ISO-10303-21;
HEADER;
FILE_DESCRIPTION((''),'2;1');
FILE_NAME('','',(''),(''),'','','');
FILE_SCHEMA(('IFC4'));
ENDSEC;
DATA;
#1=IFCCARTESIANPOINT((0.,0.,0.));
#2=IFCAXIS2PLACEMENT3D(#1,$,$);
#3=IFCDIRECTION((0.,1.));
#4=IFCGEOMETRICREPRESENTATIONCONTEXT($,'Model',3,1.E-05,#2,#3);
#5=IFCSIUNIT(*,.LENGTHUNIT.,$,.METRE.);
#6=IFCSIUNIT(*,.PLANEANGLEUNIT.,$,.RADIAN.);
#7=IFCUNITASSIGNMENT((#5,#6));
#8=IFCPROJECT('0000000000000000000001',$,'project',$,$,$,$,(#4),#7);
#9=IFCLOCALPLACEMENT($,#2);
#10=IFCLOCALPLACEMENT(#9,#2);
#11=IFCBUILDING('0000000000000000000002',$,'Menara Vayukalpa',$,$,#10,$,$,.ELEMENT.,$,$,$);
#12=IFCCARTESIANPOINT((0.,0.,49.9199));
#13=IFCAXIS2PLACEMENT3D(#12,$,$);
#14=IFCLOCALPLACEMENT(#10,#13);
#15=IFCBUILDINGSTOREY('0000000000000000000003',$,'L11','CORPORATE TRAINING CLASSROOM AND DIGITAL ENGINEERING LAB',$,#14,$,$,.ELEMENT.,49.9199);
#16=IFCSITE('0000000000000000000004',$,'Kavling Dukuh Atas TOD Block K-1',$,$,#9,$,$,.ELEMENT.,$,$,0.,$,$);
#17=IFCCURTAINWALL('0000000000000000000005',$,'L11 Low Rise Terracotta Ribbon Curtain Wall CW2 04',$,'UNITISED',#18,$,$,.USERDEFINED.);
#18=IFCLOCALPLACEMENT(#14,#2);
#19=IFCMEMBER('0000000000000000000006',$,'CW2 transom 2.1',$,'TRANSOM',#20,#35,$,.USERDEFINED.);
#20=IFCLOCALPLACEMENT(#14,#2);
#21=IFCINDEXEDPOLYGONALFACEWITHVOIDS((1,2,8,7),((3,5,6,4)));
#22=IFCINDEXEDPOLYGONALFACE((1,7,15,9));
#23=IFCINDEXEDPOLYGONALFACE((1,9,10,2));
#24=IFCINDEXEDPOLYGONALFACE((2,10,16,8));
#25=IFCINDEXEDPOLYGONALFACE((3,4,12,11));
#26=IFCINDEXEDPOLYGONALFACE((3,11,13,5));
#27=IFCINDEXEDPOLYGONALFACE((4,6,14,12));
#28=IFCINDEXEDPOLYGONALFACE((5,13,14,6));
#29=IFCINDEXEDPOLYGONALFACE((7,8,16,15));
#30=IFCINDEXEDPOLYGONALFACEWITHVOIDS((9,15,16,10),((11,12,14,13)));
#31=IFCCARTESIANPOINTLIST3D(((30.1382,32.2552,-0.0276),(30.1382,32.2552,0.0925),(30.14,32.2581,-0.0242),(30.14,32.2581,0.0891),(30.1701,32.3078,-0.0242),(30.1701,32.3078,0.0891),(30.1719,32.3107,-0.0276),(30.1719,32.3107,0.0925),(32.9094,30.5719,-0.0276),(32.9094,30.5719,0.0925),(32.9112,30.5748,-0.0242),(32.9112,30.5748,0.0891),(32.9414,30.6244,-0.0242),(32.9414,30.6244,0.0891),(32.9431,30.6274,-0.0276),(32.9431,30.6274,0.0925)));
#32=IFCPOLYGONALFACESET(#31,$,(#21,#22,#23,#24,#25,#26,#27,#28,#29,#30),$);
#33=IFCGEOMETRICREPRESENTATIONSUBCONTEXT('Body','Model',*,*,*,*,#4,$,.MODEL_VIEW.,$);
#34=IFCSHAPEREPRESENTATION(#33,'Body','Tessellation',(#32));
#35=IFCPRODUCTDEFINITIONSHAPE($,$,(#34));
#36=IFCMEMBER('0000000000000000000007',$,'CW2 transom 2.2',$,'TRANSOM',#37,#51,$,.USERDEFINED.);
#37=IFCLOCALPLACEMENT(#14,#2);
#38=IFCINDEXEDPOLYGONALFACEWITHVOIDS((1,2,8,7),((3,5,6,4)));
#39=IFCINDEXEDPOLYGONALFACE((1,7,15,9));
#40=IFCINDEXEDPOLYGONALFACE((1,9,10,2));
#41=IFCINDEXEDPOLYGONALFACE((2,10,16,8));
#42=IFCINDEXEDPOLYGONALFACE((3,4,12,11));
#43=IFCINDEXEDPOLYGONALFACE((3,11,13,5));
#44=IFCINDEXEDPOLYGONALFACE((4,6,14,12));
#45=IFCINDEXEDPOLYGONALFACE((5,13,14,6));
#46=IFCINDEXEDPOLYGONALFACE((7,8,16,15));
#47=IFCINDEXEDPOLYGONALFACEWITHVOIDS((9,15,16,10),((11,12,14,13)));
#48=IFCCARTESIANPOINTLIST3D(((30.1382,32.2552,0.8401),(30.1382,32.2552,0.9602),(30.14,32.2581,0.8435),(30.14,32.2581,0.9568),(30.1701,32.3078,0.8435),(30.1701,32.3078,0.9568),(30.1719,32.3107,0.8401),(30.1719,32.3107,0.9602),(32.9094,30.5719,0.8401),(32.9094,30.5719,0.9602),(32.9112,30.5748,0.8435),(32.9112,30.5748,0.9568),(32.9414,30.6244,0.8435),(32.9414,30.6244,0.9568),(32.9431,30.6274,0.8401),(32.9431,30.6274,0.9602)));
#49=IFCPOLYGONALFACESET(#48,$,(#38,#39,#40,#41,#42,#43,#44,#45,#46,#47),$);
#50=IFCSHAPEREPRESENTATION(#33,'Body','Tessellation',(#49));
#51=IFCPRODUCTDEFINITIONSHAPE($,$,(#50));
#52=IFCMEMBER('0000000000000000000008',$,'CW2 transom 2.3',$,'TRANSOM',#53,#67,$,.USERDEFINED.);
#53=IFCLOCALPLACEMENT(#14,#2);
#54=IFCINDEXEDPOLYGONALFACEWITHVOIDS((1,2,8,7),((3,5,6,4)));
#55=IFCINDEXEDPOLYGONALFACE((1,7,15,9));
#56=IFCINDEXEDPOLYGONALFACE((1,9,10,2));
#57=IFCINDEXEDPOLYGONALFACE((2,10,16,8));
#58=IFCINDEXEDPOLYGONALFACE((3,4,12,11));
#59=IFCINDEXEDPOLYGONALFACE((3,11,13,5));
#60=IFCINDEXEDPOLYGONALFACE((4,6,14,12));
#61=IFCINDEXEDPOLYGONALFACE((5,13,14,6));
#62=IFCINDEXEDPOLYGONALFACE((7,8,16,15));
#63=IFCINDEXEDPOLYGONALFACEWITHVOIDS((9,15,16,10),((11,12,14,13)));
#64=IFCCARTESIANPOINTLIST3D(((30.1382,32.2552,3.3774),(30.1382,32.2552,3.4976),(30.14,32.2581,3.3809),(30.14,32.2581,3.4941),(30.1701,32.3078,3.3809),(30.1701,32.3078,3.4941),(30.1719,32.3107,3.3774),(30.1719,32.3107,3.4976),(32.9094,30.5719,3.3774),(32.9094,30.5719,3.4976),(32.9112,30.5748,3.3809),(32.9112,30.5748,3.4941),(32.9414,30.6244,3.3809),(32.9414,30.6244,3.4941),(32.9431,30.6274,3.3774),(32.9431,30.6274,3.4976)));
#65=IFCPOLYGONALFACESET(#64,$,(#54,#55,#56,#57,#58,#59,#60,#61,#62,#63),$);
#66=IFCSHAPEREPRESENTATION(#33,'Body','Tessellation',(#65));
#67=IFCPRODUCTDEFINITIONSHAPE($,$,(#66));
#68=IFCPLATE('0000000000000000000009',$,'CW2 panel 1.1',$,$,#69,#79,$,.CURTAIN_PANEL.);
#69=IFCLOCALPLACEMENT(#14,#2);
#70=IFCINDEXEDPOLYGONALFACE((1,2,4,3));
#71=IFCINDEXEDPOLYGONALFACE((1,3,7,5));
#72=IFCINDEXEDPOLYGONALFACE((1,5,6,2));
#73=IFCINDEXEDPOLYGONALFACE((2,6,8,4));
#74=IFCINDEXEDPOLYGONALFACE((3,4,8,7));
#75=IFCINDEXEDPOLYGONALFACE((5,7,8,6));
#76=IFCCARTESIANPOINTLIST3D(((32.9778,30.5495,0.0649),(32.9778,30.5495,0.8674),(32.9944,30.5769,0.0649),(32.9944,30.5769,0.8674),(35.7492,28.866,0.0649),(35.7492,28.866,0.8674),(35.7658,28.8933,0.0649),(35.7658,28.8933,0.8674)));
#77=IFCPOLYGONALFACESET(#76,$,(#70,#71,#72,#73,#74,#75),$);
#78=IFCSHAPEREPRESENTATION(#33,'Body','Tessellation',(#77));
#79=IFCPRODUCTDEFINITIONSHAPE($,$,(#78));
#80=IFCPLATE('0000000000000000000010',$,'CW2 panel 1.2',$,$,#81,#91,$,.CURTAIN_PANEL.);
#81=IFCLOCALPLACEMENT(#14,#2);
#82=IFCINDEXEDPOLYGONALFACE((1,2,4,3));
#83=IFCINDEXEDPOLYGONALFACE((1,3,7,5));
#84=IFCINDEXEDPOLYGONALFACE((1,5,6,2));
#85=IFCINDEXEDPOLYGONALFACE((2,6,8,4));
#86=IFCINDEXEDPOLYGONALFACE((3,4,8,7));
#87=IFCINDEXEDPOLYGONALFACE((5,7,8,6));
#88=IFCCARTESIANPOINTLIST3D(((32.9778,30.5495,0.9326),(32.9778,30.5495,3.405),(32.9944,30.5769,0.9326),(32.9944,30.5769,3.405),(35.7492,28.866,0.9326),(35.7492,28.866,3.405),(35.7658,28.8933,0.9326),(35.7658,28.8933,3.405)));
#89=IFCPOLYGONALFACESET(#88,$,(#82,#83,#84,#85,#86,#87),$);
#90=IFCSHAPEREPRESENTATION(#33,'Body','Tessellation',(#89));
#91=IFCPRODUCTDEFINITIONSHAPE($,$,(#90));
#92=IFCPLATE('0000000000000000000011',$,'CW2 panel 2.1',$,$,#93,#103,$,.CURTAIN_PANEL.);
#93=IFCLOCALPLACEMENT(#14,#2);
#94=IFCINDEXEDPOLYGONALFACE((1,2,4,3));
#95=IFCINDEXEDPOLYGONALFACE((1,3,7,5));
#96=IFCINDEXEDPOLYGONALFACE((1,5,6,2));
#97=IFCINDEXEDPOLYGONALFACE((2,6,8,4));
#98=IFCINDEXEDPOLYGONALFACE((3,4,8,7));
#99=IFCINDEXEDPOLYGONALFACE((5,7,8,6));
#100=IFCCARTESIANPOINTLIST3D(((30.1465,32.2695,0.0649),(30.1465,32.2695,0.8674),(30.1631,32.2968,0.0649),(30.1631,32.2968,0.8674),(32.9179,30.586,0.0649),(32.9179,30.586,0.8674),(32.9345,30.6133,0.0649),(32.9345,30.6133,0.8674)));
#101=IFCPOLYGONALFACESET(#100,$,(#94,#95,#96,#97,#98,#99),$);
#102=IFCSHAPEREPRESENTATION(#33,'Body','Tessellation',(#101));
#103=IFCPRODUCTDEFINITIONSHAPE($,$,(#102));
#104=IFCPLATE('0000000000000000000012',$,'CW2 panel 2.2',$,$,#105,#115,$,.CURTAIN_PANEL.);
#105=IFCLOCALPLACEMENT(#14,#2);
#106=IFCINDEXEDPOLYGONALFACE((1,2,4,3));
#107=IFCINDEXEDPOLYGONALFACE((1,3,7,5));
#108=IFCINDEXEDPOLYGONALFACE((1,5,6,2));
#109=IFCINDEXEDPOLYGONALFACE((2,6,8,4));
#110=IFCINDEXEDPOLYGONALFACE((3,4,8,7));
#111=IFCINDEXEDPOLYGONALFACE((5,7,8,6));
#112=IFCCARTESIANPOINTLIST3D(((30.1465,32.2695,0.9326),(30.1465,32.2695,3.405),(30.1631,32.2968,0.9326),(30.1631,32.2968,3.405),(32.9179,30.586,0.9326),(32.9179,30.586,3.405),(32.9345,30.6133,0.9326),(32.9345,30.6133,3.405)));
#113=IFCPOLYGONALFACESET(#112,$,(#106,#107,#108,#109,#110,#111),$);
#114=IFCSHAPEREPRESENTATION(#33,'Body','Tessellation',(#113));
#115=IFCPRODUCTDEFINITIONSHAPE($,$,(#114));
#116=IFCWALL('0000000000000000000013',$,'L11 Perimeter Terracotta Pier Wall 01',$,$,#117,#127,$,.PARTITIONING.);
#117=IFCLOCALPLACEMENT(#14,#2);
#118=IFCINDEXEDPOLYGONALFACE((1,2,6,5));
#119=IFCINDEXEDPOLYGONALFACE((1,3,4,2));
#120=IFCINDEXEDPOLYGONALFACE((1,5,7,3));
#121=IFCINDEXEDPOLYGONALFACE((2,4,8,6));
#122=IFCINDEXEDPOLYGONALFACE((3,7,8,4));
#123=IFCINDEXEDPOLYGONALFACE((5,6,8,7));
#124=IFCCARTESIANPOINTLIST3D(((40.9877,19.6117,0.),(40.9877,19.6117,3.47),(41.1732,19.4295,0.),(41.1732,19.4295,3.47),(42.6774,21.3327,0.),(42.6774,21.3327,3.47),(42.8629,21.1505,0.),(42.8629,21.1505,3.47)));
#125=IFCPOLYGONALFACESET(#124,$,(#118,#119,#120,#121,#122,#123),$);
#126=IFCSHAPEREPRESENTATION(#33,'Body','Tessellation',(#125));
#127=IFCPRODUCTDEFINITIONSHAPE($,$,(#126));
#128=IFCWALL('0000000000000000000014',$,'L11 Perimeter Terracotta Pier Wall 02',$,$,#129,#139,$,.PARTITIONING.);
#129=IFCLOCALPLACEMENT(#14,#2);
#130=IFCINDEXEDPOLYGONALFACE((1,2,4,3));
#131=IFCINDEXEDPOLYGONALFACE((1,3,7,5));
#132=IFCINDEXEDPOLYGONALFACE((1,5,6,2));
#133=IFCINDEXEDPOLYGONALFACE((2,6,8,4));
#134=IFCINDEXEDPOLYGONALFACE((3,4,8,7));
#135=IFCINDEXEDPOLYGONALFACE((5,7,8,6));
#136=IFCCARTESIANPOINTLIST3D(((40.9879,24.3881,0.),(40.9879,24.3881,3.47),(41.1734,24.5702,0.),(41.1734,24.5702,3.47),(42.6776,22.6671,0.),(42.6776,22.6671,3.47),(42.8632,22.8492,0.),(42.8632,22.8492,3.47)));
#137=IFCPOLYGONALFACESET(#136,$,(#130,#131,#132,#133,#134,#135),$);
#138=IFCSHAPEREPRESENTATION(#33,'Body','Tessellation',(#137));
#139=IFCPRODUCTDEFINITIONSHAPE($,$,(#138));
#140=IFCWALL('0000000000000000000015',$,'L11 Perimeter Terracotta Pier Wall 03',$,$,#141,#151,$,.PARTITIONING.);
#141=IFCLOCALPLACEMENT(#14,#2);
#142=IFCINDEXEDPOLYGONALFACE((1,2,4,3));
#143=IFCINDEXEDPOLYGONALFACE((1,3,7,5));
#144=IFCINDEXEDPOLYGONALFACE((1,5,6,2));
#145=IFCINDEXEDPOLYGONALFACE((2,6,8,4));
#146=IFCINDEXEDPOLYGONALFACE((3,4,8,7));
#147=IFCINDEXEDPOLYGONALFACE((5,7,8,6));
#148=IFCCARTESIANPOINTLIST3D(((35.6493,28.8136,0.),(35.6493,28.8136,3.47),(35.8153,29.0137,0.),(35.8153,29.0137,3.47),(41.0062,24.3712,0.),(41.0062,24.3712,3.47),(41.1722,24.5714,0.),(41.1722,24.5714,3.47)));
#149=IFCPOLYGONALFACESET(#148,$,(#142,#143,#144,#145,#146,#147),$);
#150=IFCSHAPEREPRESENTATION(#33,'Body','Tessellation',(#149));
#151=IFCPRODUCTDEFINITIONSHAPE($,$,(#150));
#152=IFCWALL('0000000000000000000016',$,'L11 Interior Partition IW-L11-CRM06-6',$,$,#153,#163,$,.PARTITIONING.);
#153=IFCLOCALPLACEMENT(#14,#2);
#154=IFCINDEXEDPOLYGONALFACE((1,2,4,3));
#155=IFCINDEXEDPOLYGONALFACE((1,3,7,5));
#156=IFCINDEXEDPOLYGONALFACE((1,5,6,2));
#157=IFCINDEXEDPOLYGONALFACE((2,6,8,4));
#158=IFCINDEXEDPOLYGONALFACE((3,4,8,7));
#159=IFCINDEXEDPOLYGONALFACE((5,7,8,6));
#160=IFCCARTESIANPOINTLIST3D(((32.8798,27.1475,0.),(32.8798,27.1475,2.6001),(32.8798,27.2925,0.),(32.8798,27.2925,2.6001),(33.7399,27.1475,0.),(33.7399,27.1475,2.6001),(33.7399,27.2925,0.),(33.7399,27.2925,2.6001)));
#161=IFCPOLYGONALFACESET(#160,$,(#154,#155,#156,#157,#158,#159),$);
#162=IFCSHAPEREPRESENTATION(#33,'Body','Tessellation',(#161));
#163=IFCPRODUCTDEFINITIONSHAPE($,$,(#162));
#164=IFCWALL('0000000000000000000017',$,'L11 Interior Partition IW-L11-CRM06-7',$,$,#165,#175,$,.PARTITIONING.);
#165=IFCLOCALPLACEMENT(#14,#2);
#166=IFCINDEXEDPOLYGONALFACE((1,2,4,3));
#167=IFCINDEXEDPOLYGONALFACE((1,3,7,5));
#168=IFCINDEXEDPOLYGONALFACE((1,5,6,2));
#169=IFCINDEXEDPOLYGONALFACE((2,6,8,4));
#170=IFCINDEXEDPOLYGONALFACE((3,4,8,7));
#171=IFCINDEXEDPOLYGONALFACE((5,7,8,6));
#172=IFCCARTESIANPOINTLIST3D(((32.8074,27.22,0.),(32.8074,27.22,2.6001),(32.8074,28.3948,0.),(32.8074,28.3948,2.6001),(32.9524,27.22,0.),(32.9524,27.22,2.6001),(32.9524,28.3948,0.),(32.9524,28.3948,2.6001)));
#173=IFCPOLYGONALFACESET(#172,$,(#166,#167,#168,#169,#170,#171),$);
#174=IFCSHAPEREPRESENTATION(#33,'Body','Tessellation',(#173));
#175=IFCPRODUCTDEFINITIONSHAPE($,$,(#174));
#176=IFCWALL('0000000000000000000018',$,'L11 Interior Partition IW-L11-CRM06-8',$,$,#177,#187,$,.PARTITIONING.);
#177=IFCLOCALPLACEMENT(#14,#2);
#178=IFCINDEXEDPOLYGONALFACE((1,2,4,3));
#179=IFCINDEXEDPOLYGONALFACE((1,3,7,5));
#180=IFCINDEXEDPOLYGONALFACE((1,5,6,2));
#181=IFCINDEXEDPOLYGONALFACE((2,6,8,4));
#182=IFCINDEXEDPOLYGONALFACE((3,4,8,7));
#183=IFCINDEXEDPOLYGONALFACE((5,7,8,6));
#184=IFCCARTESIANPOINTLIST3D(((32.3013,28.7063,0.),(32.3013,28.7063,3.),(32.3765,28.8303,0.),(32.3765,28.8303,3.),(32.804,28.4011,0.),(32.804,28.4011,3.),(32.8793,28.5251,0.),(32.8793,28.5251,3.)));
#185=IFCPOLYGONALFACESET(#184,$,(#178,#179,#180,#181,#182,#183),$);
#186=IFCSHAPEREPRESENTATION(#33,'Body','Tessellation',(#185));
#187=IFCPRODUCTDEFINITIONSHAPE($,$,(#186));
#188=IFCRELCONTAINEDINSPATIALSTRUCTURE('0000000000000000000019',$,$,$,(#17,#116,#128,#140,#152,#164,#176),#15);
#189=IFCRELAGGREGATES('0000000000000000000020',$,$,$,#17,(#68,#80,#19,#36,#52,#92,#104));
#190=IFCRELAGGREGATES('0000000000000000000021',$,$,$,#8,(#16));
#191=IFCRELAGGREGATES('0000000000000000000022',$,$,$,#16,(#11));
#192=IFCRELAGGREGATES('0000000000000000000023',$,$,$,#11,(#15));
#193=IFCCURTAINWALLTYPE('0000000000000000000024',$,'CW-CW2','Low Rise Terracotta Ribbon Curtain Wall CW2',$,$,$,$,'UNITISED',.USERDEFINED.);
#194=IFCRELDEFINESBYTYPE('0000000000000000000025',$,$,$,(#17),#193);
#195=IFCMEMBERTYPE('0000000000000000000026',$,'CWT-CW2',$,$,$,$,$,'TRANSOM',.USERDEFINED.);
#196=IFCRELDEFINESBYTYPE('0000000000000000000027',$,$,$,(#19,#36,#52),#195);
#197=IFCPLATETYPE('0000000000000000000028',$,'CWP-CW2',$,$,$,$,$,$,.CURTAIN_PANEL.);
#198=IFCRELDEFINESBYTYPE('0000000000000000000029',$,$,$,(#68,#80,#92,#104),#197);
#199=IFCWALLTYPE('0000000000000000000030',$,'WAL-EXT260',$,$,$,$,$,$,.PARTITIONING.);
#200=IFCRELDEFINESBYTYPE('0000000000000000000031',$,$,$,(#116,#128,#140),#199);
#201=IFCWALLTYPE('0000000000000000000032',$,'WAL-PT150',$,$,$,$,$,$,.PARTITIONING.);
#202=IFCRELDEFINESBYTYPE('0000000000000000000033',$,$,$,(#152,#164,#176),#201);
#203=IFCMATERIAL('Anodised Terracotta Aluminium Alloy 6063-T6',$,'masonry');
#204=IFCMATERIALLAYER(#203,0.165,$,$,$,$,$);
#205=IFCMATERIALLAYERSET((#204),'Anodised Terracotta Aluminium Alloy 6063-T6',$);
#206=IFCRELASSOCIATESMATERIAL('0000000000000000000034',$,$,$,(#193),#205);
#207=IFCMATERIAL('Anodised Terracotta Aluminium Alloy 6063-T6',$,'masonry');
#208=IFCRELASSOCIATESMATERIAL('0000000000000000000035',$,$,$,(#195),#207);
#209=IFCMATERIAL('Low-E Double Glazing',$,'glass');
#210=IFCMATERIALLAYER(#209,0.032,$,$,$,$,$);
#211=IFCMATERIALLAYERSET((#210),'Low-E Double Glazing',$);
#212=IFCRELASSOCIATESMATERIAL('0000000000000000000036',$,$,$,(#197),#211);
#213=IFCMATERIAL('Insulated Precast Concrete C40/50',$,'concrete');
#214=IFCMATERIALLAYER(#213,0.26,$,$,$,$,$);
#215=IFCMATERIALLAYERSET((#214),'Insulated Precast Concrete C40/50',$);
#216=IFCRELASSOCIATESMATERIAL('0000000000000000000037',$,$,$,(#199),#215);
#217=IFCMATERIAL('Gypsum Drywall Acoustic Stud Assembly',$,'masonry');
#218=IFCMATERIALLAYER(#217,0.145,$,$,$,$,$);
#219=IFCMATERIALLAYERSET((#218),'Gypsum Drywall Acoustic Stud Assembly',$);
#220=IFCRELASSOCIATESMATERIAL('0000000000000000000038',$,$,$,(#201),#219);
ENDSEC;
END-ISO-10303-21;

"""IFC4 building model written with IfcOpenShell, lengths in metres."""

from ifc_helpers import new_model, si_unit, direction, frame, frame_2d, origin, origin_2d, place, context, subcontext, project, spatial, rectangle, hollow_rectangle, extrude, material, layer, layer_set, material_profile, profile_set, type_object, element, aggregate, save


model = new_model("IFC4")

# Units and contexts
model_context = context("Model", 3, precision=1e-05, world=origin(), true_north=direction((0.0, 1.0)))
body_context = subcontext(model_context, "Body", "Model", "MODEL_VIEW")
ifc_project = project(units=[si_unit("LENGTHUNIT", "METRE"), si_unit("PLANEANGLEUNIT", "RADIAN")], contexts=[model_context])

# Site, building, storey
site_placement = place(None, origin())
site = spatial("IfcSite", under=ifc_project, at=site_placement, Name="Kavling Dukuh Atas TOD Block K-1", CompositionType="ELEMENT", RefElevation=0.0)
building_placement = place(site_placement, origin())
building = spatial("IfcBuilding", under=site, at=building_placement, Name="Menara Vayukalpa", CompositionType="ELEMENT")
storey_placement = place(building_placement, frame((0.0, 0.0, 49.9199)))
storey = spatial("IfcBuildingStorey", under=building, at=storey_placement, Name="L11", Description="CORPORATE TRAINING CLASSROOM AND DIGITAL ENGINEERING LAB", CompositionType="ELEMENT", Elevation=49.9199)

# Curtain wall, members, plates
ifc_material_1 = material(Name="Anodised Terracotta Aluminium Alloy 6063-T6", Category="masonry")
ifc_layer_1 = layer(ifc_material_1, 0.165)
ifc_layer_set_1 = layer_set([ifc_layer_1], Name="Anodised Terracotta Aluminium Alloy 6063-T6")
curtain_wall_type = type_object("IfcCurtainWallType", Name="CW-CW2", Description="Low Rise Terracotta Ribbon Curtain Wall CW2", ElementType="UNITISED", PredefinedType="USERDEFINED", material=ifc_layer_set_1)
curtain_wall_placement = place(storey_placement, origin())
curtain_wall = element("IfcCurtainWall", 1, at=curtain_wall_placement, inside=storey, type_object=curtain_wall_type, Name="L11 Low Rise Terracotta Ribbon Curtain Wall CW2 04", ObjectType="UNITISED", PredefinedType="USERDEFINED")
ifc_material_2 = material(Name="Anodised Terracotta Aluminium Alloy 6063-T6", Category="masonry")
ifc_material_profile_1 = material_profile(ifc_material_2, hollow_rectangle(XDim=0.0649, YDim=0.1201, WallThickness=0.0034, at=origin_2d()), Name="ALU 65x120x3.5")
ifc_profile_set_1 = profile_set([ifc_material_profile_1], Name="Anodised Terracotta Aluminium Alloy 6063-T6")
member_type_1 = type_object("IfcMemberType", Name="CWT-CW2", ElementType="TRANSOM", PredefinedType="USERDEFINED", material=ifc_profile_set_1)
member_1_placement = place(storey_placement, frame((32.9263, 30.5996, 0.0325), z_axis=(-0.854677, 0.519161, 0.0), x_axis=(-0.519161, -0.854677, 0.0)))
member_1 = element("IfcMember", 2, at=member_1_placement, type_object=member_type_1, Name="CW2 transom 2.1", ObjectType="TRANSOM", PredefinedType="USERDEFINED", context=body_context, shape_type="SweptSolid", body=[
    extrude(hollow_rectangle(XDim=0.0649, YDim=0.1201, WallThickness=0.0034, at=origin_2d()), origin(), (0.0, 0.0, 1.0), 3.2424),
])
member_2_placement = place(storey_placement, frame((32.9263, 30.5996, 0.9001), z_axis=(-0.854677, 0.519161, 0.0), x_axis=(-0.519161, -0.854677, 0.0)))
member_2 = element("IfcMember", 3, at=member_2_placement, type_object=member_type_1, Name="CW2 transom 2.2", ObjectType="TRANSOM", PredefinedType="USERDEFINED", context=body_context, shape_type="SweptSolid", body=[
    extrude(hollow_rectangle(XDim=0.0649, YDim=0.1201, WallThickness=0.0034, at=origin_2d()), origin(), (0.0, 0.0, 1.0), 3.2424),
])
member_3_placement = place(storey_placement, frame((32.9263, 30.5996, 3.4375), z_axis=(-0.854677, 0.519161, 0.0), x_axis=(-0.519161, -0.854677, 0.0)))
member_3 = element("IfcMember", 4, at=member_3_placement, type_object=member_type_1, Name="CW2 transom 2.3", ObjectType="TRANSOM", PredefinedType="USERDEFINED", context=body_context, shape_type="SweptSolid", body=[
    extrude(hollow_rectangle(XDim=0.0649, YDim=0.1201, WallThickness=0.0034, at=origin_2d()), origin(), (0.0, 0.0, 1.0), 3.2424),
])
ifc_material_3 = material(Name="Low-E Double Glazing", Category="glass")
ifc_layer_2 = layer(ifc_material_3, 0.032)
ifc_layer_set_2 = layer_set([ifc_layer_2], Name="Low-E Double Glazing")
plate_type = type_object("IfcPlateType", Name="CWP-CW2", PredefinedType="CURTAIN_PANEL", material=ifc_layer_set_2)
plate_1_placement = place(storey_placement, frame((34.3718, 29.7214, 0.0649), z_axis=(0.0, 0.0, 1.0), x_axis=(-0.854664, 0.519182, 0.0)))
plate_1 = element("IfcPlate", 5, at=plate_1_placement, type_object=plate_type, Name="CW2 panel 1.1", PredefinedType="CURTAIN_PANEL", context=body_context, shape_type="SweptSolid", body=[
    extrude(rectangle(XDim=3.2427, YDim=0.032, at=origin_2d()), origin(), (0.0, 0.0, 1.0), 0.8025),
])
plate_2_placement = place(storey_placement, frame((34.3718, 29.7214, 0.9326), z_axis=(0.0, 0.0, 1.0), x_axis=(-0.854664, 0.519182, 0.0)))
plate_2 = element("IfcPlate", 6, at=plate_2_placement, type_object=plate_type, Name="CW2 panel 1.2", PredefinedType="CURTAIN_PANEL", context=body_context, shape_type="SweptSolid", body=[
    extrude(rectangle(XDim=3.2427, YDim=0.032, at=origin_2d()), origin(), (0.0, 0.0, 1.0), 2.4724),
])
plate_3_placement = place(storey_placement, frame((31.5405, 31.4414, 0.0649), z_axis=(0.0, 0.0, 1.0), x_axis=(-0.854664, 0.519182, 0.0)))
plate_3 = element("IfcPlate", 7, at=plate_3_placement, type_object=plate_type, Name="CW2 panel 2.1", PredefinedType="CURTAIN_PANEL", context=body_context, shape_type="SweptSolid", body=[
    extrude(rectangle(XDim=3.2427, YDim=0.032, at=origin_2d()), origin(), (0.0, 0.0, 1.0), 0.8025),
])
plate_4_placement = place(storey_placement, frame((31.5405, 31.4414, 0.9326), z_axis=(0.0, 0.0, 1.0), x_axis=(-0.854664, 0.519182, 0.0)))
plate_4 = element("IfcPlate", 8, at=plate_4_placement, type_object=plate_type, Name="CW2 panel 2.2", PredefinedType="CURTAIN_PANEL", context=body_context, shape_type="SweptSolid", body=[
    extrude(rectangle(XDim=3.2427, YDim=0.032, at=origin_2d()), origin(), (0.0, 0.0, 1.0), 2.4724),
])
aggregate(curtain_wall, [plate_1, plate_2, member_1, member_2, member_3, plate_3, plate_4])

# Walls
ifc_material_4 = material(Name="Insulated Precast Concrete C40/50", Category="concrete")
ifc_layer_3 = layer(ifc_material_4, 0.26)
ifc_layer_set_3 = layer_set([ifc_layer_3], Name="Insulated Precast Concrete C40/50")
wall_type_1 = type_object("IfcWallType", Name="WAL-EXT260", PredefinedType="PARTITIONING", material=ifc_layer_set_3)
for number, where, z_axis, x_axis, name in (
    (9, (42.7703, 21.2417, 0.0), (0.0, 0.0, 1.0), (-0.700599, -0.713556, 0.0), "L11 Perimeter Terracotta Pier Wall 01"),
    (10, (41.0806, 24.4792, 0.0), (0.0, 0.0, 1.0), (0.700599, -0.713556, 0.0), "L11 Perimeter Terracotta Pier Wall 02"),
):
    element("IfcWall", number, at=place(storey_placement, frame(where, z_axis=z_axis, x_axis=x_axis)), inside=storey, type_object=wall_type_1, Name=name, PredefinedType="PARTITIONING", context=body_context, shape_type="SweptSolid", body=[
        extrude(rectangle(XDim=2.4119, YDim=0.26, at=frame_2d((1.2061, 0.0))), origin(), (0.0, 0.0, 1.0), 3.47),
    ])
wall_1_placement = place(storey_placement, frame((35.7324, 28.9136, 0.0), z_axis=(0.0, 0.0, 1.0), x_axis=(0.769755, -0.63834, 0.0)))
element("IfcWall", 11, at=wall_1_placement, inside=storey, type_object=wall_type_1, Name="L11 Perimeter Terracotta Pier Wall 03", PredefinedType="PARTITIONING", context=body_context, shape_type="SweptSolid", body=[
    extrude(rectangle(XDim=6.9592, YDim=0.26, at=frame_2d((3.4795, 0.0))), origin(), (0.0, 0.0, 1.0), 3.47),
])
ifc_material_5 = material(Name="Gypsum Drywall Acoustic Stud Assembly", Category="masonry")
ifc_layer_4 = layer(ifc_material_5, 0.145)
ifc_layer_set_4 = layer_set([ifc_layer_4], Name="Gypsum Drywall Acoustic Stud Assembly")
wall_type_2 = type_object("IfcWallType", Name="WAL-PT150", PredefinedType="PARTITIONING", material=ifc_layer_set_4)
wall_2_placement = place(storey_placement, frame((33.74, 27.22, 0.0), z_axis=(0.0, 0.0, 1.0), x_axis=(-1.0, 0.0, 0.0)))
element("IfcWall", 12, at=wall_2_placement, inside=storey, type_object=wall_type_2, Name="L11 Interior Partition IW-L11-CRM06-6", PredefinedType="PARTITIONING", context=body_context, shape_type="SweptSolid", body=[
    extrude(rectangle(XDim=0.8601, YDim=0.145, at=frame_2d((0.4302, 0.0))), origin(), (0.0, 0.0, 1.0), 2.6001),
])
wall_3_placement = place(storey_placement, frame((32.8799, 27.22, 0.0), z_axis=(0.0, 0.0, 1.0), x_axis=(0.0, 1.0, 0.0)))
element("IfcWall", 13, at=wall_3_placement, inside=storey, type_object=wall_type_2, Name="L11 Interior Partition IW-L11-CRM06-7", PredefinedType="PARTITIONING", context=body_context, shape_type="SweptSolid", body=[
    extrude(rectangle(XDim=1.1748, YDim=0.145, at=frame_2d((0.5874, 0.0))), origin(), (0.0, 0.0, 1.0), 2.6001),
])
wall_4_placement = place(storey_placement, frame((32.8416, 28.4631, 0.0), z_axis=(0.0, 0.0, 1.0), x_axis=(-0.854807, 0.518946, 0.0)))
element("IfcWall", 14, at=wall_4_placement, inside=storey, type_object=wall_type_2, Name="L11 Interior Partition IW-L11-CRM06-8", PredefinedType="PARTITIONING", context=body_context, shape_type="SweptSolid", body=[
    extrude(rectangle(XDim=0.5881, YDim=0.145, at=frame_2d((0.2939, 0.0))), origin(), (0.0, 0.0, 1.0), 3.0),
])

save(model, "model.ifc")
